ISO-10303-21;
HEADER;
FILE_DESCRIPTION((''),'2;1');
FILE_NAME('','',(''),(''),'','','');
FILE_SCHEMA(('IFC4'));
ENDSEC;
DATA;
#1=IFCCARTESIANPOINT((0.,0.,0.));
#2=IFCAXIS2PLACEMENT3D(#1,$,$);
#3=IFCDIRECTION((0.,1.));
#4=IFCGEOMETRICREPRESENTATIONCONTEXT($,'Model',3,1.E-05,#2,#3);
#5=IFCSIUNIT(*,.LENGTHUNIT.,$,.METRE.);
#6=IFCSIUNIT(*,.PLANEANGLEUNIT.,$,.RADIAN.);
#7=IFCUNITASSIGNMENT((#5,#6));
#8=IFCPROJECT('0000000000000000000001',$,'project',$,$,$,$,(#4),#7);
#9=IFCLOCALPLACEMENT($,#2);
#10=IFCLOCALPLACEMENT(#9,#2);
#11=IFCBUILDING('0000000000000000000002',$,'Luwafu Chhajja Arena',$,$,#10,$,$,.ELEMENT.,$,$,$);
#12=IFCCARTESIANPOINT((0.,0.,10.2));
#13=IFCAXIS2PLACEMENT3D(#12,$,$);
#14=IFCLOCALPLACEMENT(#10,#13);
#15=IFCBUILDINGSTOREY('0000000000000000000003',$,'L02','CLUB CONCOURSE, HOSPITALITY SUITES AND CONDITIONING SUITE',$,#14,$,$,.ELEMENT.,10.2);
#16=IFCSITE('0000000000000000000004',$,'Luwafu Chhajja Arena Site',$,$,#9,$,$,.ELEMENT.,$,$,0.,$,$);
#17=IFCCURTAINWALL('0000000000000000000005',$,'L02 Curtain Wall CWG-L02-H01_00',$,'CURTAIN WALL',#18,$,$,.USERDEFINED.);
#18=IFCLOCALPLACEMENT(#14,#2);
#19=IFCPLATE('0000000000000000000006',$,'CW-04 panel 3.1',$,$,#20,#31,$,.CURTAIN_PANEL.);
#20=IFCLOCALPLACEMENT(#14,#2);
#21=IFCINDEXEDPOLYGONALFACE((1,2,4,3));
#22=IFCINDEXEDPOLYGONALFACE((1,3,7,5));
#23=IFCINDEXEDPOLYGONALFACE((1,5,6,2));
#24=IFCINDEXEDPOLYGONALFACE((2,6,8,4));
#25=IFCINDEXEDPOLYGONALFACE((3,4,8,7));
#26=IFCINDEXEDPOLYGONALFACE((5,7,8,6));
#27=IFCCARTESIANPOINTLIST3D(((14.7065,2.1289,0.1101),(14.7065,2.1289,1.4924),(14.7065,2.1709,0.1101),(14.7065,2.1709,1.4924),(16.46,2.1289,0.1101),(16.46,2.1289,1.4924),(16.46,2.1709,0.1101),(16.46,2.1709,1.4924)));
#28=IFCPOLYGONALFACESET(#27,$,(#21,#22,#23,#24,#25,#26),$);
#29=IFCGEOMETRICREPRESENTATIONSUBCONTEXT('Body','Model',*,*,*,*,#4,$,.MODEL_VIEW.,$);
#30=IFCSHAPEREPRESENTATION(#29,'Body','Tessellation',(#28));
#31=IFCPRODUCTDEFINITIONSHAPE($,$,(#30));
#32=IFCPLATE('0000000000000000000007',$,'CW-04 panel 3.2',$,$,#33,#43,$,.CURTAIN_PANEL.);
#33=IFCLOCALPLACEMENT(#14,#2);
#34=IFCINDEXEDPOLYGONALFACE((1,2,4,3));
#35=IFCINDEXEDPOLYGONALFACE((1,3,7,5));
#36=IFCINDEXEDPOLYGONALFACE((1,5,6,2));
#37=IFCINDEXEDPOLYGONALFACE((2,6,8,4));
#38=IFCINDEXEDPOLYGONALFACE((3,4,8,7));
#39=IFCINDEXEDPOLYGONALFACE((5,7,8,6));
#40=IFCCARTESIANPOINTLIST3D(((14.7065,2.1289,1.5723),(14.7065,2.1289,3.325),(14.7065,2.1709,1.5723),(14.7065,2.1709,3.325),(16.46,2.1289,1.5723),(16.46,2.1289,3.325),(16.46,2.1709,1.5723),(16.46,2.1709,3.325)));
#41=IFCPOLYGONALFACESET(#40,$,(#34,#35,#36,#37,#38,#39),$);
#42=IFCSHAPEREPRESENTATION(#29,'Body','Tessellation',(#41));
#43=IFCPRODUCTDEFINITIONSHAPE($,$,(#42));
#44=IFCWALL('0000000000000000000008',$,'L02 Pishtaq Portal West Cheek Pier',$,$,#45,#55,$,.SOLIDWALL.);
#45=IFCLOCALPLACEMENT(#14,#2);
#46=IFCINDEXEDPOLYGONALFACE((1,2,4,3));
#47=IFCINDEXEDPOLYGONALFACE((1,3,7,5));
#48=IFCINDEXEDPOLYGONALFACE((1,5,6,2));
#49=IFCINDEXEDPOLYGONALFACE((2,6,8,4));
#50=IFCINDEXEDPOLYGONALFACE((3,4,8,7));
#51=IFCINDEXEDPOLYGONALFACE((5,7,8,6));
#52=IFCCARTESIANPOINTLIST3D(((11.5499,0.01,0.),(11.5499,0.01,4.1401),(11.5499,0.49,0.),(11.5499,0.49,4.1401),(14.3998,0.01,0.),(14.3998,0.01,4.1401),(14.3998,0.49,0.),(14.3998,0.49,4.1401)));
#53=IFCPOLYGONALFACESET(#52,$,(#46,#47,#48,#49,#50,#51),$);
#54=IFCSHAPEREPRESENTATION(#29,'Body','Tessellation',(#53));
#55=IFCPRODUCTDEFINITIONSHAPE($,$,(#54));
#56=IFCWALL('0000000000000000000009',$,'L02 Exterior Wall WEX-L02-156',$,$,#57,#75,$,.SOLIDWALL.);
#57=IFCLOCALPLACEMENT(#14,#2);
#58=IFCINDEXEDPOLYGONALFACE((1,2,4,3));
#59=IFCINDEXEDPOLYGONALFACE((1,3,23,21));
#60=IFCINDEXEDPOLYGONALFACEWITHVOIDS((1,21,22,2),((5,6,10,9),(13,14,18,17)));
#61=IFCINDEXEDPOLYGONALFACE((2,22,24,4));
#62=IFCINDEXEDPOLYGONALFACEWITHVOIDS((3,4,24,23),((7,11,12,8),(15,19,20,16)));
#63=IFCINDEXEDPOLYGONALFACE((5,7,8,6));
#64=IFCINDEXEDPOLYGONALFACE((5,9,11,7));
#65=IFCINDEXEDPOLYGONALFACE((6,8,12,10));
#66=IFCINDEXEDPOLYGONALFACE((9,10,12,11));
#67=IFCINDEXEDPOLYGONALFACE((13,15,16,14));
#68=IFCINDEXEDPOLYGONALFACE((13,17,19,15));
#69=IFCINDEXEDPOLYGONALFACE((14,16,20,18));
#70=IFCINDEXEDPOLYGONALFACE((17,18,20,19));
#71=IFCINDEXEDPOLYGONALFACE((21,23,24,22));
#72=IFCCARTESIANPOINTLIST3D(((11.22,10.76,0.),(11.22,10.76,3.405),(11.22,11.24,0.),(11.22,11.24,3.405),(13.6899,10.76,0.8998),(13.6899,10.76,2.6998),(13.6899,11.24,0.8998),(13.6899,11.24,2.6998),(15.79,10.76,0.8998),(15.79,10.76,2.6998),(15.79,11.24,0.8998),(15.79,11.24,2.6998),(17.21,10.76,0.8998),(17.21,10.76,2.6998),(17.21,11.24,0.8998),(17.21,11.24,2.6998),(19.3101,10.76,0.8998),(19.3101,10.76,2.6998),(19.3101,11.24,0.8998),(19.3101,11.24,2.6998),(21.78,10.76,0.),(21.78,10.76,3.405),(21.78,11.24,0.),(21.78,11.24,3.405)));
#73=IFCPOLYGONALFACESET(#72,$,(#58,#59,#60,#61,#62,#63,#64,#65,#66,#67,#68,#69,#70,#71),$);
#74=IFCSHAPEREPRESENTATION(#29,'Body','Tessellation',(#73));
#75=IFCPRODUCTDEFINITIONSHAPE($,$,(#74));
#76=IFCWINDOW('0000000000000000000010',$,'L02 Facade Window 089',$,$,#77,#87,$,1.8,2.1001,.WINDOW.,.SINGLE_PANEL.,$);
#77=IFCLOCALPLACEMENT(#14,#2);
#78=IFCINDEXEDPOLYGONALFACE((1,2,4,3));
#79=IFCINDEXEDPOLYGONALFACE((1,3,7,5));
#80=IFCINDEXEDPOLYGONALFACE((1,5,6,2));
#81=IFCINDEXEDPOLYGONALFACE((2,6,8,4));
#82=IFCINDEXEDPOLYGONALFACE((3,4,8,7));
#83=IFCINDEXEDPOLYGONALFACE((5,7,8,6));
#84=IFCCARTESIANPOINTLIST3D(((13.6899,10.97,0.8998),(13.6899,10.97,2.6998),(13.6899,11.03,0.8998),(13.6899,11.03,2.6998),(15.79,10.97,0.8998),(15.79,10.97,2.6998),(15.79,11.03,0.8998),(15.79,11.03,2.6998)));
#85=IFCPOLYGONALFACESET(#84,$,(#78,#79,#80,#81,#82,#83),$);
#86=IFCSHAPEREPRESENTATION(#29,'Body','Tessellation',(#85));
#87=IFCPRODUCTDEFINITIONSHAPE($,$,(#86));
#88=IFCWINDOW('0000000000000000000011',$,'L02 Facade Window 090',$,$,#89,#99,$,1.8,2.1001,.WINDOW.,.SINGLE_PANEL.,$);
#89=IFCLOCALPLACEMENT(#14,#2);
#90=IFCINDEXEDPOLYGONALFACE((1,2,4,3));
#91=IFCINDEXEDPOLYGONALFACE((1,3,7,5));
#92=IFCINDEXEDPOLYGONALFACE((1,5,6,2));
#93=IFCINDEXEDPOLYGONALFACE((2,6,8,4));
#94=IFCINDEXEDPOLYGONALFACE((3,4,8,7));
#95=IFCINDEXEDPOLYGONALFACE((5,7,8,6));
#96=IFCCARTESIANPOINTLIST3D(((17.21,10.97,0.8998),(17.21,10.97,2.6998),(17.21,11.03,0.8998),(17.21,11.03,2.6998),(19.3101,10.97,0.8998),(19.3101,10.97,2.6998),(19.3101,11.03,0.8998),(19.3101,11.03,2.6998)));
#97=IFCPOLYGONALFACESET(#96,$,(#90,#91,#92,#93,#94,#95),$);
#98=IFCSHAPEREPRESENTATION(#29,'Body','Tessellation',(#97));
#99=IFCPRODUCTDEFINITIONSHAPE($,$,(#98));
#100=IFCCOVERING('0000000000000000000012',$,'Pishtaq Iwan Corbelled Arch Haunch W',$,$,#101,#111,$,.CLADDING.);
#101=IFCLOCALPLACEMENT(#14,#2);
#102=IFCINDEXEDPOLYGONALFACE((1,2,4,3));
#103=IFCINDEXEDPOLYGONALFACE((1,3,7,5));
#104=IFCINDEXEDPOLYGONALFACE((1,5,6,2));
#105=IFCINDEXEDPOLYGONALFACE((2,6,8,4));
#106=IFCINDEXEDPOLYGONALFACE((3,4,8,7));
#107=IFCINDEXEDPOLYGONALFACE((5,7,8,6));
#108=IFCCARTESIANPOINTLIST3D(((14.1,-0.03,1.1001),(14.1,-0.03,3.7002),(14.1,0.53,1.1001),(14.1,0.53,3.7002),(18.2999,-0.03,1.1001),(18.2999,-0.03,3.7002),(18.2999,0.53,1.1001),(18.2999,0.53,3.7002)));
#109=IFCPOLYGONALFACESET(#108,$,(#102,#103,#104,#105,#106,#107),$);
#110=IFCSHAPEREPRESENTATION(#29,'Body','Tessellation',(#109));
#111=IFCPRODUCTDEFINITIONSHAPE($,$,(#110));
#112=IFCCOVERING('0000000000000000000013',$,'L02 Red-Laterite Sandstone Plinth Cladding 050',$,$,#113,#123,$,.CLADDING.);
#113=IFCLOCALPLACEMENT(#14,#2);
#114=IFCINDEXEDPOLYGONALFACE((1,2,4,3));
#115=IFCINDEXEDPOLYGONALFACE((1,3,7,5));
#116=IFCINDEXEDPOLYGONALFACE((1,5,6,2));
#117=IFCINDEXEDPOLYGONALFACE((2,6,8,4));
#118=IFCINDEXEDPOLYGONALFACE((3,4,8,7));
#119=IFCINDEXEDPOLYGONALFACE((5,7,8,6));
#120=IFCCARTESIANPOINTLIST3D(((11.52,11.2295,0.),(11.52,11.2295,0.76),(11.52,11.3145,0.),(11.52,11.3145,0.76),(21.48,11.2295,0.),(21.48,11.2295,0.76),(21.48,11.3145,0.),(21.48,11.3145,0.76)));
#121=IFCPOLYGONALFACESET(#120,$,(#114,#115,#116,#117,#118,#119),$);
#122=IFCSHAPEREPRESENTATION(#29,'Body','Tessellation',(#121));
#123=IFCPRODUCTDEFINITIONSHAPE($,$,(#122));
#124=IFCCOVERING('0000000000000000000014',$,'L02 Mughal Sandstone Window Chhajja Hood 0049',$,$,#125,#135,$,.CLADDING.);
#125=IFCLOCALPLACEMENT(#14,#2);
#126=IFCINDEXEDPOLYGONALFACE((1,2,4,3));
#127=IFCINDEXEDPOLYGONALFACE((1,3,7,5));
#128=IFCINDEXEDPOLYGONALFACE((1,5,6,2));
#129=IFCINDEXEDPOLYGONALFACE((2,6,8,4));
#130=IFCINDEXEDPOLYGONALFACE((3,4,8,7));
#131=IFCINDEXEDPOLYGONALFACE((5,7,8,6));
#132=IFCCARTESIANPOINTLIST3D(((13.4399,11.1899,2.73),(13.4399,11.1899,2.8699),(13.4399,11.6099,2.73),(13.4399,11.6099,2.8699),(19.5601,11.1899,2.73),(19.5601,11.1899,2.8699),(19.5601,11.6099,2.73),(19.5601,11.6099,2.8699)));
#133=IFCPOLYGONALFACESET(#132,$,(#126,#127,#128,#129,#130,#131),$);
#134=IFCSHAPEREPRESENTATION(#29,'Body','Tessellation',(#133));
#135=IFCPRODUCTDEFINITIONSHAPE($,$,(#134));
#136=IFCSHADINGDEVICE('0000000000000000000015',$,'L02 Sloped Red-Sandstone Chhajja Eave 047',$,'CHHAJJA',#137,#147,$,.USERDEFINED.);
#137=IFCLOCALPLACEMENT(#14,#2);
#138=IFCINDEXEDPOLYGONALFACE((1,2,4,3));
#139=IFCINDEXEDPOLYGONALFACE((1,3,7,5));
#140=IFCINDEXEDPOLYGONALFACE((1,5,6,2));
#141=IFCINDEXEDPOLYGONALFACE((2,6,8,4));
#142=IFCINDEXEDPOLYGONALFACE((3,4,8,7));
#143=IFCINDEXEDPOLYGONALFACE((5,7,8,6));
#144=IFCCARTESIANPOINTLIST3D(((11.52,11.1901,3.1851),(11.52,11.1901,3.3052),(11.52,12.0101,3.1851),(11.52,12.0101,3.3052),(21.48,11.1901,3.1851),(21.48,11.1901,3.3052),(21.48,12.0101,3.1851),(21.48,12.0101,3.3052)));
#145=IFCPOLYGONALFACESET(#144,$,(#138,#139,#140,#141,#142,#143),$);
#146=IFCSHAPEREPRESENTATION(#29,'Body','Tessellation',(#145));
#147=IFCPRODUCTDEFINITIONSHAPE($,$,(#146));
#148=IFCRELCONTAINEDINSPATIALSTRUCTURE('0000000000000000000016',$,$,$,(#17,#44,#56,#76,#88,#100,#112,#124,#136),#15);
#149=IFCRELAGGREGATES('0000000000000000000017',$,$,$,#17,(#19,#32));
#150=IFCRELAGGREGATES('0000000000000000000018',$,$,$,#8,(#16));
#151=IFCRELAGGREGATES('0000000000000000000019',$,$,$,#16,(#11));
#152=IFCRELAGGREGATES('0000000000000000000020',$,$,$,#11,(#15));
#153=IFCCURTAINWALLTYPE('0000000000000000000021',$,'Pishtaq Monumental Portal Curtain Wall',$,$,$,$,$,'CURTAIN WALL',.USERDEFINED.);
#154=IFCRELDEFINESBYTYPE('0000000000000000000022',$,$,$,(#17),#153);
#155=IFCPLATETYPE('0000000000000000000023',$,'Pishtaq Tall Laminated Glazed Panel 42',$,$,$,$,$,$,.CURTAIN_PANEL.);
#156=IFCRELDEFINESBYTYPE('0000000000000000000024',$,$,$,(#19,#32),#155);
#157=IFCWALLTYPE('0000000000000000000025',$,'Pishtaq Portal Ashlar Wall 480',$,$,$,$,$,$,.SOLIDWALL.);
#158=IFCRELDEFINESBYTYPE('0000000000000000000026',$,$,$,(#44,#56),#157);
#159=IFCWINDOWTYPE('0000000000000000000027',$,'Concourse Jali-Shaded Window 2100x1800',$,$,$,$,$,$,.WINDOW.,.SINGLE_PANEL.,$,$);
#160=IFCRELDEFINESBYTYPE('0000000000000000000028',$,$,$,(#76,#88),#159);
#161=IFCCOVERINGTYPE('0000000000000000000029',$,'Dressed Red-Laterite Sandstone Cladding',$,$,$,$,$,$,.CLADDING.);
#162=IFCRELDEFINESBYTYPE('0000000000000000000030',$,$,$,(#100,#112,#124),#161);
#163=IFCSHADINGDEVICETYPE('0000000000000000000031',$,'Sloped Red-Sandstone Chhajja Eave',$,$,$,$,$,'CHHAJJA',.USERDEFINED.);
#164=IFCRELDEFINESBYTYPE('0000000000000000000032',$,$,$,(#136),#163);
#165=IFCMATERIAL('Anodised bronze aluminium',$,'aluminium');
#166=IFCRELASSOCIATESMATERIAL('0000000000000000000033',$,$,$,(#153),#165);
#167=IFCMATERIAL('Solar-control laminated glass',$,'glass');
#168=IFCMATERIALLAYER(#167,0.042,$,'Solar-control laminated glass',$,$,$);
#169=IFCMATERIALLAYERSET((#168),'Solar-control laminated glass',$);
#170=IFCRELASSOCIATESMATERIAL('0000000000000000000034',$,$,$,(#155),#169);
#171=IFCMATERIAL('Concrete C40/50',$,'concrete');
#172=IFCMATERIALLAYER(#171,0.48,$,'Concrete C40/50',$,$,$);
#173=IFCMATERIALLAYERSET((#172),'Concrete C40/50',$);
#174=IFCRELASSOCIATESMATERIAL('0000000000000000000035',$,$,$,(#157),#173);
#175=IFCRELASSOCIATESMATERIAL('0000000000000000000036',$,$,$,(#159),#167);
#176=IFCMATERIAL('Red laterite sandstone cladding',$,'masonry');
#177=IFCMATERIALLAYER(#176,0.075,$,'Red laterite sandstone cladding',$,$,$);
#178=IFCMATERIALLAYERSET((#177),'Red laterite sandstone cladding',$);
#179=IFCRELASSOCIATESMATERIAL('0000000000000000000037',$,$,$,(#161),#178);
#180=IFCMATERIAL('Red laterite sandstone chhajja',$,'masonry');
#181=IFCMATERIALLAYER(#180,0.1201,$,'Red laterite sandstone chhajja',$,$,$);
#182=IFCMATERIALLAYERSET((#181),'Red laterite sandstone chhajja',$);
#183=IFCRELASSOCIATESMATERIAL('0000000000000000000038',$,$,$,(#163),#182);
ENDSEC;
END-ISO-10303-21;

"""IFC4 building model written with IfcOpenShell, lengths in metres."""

from ifc_helpers import new_model, si_unit, direction, frame, frame_2d, origin, origin_2d, place, context, subcontext, project, spatial, rectangle, extrude, material, layer, layer_set, type_object, element, fill, aggregate, save


model = new_model("IFC4")

# Units and contexts
model_context = context("Model", 3, precision=1e-05, world=origin(), true_north=direction((0.0, 1.0)))
body_context = subcontext(model_context, "Body", "Model", "MODEL_VIEW")
ifc_project = project(units=[si_unit("LENGTHUNIT", "METRE"), si_unit("PLANEANGLEUNIT", "RADIAN")], contexts=[model_context])

# Site, building, storey
site_placement = place(None, origin())
site = spatial("IfcSite", under=ifc_project, at=site_placement, Name="Luwafu Chhajja Arena Site", CompositionType="ELEMENT", RefElevation=0.0)
building_placement = place(site_placement, origin())
building = spatial("IfcBuilding", under=site, at=building_placement, Name="Luwafu Chhajja Arena", CompositionType="ELEMENT")
storey_placement = place(building_placement, frame((0.0, 0.0, 10.2)))
storey = spatial("IfcBuildingStorey", under=building, at=storey_placement, Name="L02", Description="CLUB CONCOURSE, HOSPITALITY SUITES AND CONDITIONING SUITE", CompositionType="ELEMENT", Elevation=10.2)

# Curtain wall, plates
ifc_material_1 = material(Name="Anodised bronze aluminium", Category="aluminium")
curtain_wall_type = type_object("IfcCurtainWallType", Name="Pishtaq Monumental Portal Curtain Wall", ElementType="CURTAIN WALL", PredefinedType="USERDEFINED", material=ifc_material_1)
curtain_wall_placement = place(storey_placement, origin())
curtain_wall = element("IfcCurtainWall", 1, at=curtain_wall_placement, inside=storey, type_object=curtain_wall_type, Name="L02 Curtain Wall CWG-L02-H01_00", ObjectType="CURTAIN WALL", PredefinedType="USERDEFINED")
ifc_material_2 = material(Name="Solar-control laminated glass", Category="glass")
ifc_layer_1 = layer(ifc_material_2, 0.042, Name="Solar-control laminated glass")
ifc_layer_set_1 = layer_set([ifc_layer_1], Name="Solar-control laminated glass")
plate_type = type_object("IfcPlateType", Name="Pishtaq Tall Laminated Glazed Panel 42", PredefinedType="CURTAIN_PANEL", material=ifc_layer_set_1)
plate_1_placement = place(storey_placement, frame((15.5833, 2.1499, 0.1101), z_axis=(0.0, 0.0, 1.0), x_axis=(1.0, 0.0, 0.0)))
plate_1 = element("IfcPlate", 2, at=plate_1_placement, type_object=plate_type, Name="CW-04 panel 3.1", PredefinedType="CURTAIN_PANEL", context=body_context, shape_type="SweptSolid", body=[
    extrude(rectangle(XDim=1.7534, YDim=0.042, at=origin_2d()), origin(), (0.0, 0.0, 1.0), 1.3823),
])
plate_2_placement = place(storey_placement, frame((15.5833, 2.1499, 1.5723), z_axis=(0.0, 0.0, 1.0), x_axis=(1.0, 0.0, 0.0)))
plate_2 = element("IfcPlate", 3, at=plate_2_placement, type_object=plate_type, Name="CW-04 panel 3.2", PredefinedType="CURTAIN_PANEL", context=body_context, shape_type="SweptSolid", body=[
    extrude(rectangle(XDim=1.7534, YDim=0.042, at=origin_2d()), origin(), (0.0, 0.0, 1.0), 1.7527),
])
aggregate(curtain_wall, [plate_1, plate_2])

# Wall
ifc_material_3 = material(Name="Concrete C40/50", Category="concrete")
ifc_layer_2 = layer(ifc_material_3, 0.48, Name="Concrete C40/50")
ifc_layer_set_2 = layer_set([ifc_layer_2], Name="Concrete C40/50")
wall_type = type_object("IfcWallType", Name="Pishtaq Portal Ashlar Wall 480", PredefinedType="SOLIDWALL", material=ifc_layer_set_2)
wall_1_placement = place(storey_placement, frame((11.55, 0.25, 0.0), z_axis=(0.0, 0.0, 1.0), x_axis=(1.0, 0.0, 0.0)))
element("IfcWall", 4, at=wall_1_placement, inside=storey, type_object=wall_type, Name="L02 Pishtaq Portal West Cheek Pier", PredefinedType="SOLIDWALL", context=body_context, shape_type="SweptSolid", body=[
    extrude(rectangle(XDim=2.8499, YDim=0.48, at=frame_2d((1.4248, 0.0))), origin(), (0.0, 0.0, 1.0), 4.1401),
])

# Wall, openings, windows
wall_2_placement = place(storey_placement, frame((11.22, 11.0, 0.0), z_axis=(0.0, 0.0, 1.0), x_axis=(1.0, 0.0, 0.0)))
wall_2 = element("IfcWall", 5, at=wall_2_placement, inside=storey, type_object=wall_type, Name="L02 Exterior Wall WEX-L02-156", PredefinedType="SOLIDWALL", context=body_context, shape_type="SweptSolid", body=[
    extrude(rectangle(XDim=10.5601, YDim=0.48, at=frame_2d((5.28, 0.0))), origin(), (0.0, 0.0, 1.0), 3.405),
])
opening_1_placement = place(wall_2_placement, frame((2.47, 0.0, 0.8999)))
opening_1 = element("IfcOpeningElement", 6, at=opening_1_placement, cuts=wall_2, PredefinedType="OPENING", context=body_context, shape_type="SweptSolid", body=[
    extrude(rectangle(XDim=2.1001, YDim=1.8, at=frame_2d((1.05, 0.8999))), frame((0.0, 0.25, 0.0), z_axis=(0.0, -1.0, 0.0), x_axis=(1.0, 0.0, 0.0)), (0.0, 0.0, 1.0), 0.5),
])
opening_2_placement = place(wall_2_placement, frame((5.99, 0.0, 0.8999)))
opening_2 = element("IfcOpeningElement", 7, at=opening_2_placement, cuts=wall_2, PredefinedType="OPENING", context=body_context, shape_type="SweptSolid", body=[
    extrude(rectangle(XDim=2.1001, YDim=1.8, at=frame_2d((1.05, 0.8999))), frame((0.0, 0.25, 0.0), z_axis=(0.0, -1.0, 0.0), x_axis=(1.0, 0.0, 0.0)), (0.0, 0.0, 1.0), 0.5),
])
window_type = type_object("IfcWindowType", Name="Concourse Jali-Shaded Window 2100x1800", PartitioningType="SINGLE_PANEL", PredefinedType="WINDOW", material=ifc_material_2)
window_1_placement = place(opening_1_placement, origin())
window_1 = element("IfcWindow", 8, at=window_1_placement, inside=storey, type_object=window_type, Name="L02 Facade Window 089", OverallHeight=1.8, OverallWidth=2.1001, PartitioningType="SINGLE_PANEL", PredefinedType="WINDOW", context=body_context, shape_type="SweptSolid", body=[
    extrude(rectangle(XDim=2.1001, YDim=1.8, at=frame_2d((1.05, 0.8999))), frame((0.0, 0.03, 0.0), z_axis=(0.0, -1.0, 0.0), x_axis=(1.0, 0.0, 0.0)), (0.0, 0.0, 1.0), 0.0601),
])
fill(opening_1, window_1)
window_2_placement = place(opening_2_placement, origin())
window_2 = element("IfcWindow", 9, at=window_2_placement, inside=storey, type_object=window_type, Name="L02 Facade Window 090", OverallHeight=1.8, OverallWidth=2.1001, PartitioningType="SINGLE_PANEL", PredefinedType="WINDOW", context=body_context, shape_type="SweptSolid", body=[
    extrude(rectangle(XDim=2.1001, YDim=1.8, at=frame_2d((1.05, 0.8999))), frame((0.0, 0.03, 0.0), z_axis=(0.0, -1.0, 0.0), x_axis=(1.0, 0.0, 0.0)), (0.0, 0.0, 1.0), 0.0601),
])
fill(opening_2, window_2)

# Coverings
ifc_material_4 = material(Name="Red laterite sandstone cladding", Category="masonry")
ifc_layer_3 = layer(ifc_material_4, 0.075, Name="Red laterite sandstone cladding")
ifc_layer_set_3 = layer_set([ifc_layer_3], Name="Red laterite sandstone cladding")
covering_type = type_object("IfcCoveringType", Name="Dressed Red-Laterite Sandstone Cladding", PredefinedType="CLADDING", material=ifc_layer_set_3)
covering_1_placement = place(storey_placement, frame((16.2, 0.25, 1.1001), z_axis=(0.0, 0.0, 1.0), x_axis=(1.0, 0.0, 0.0)))
element("IfcCovering", 10, at=covering_1_placement, inside=storey, type_object=covering_type, Name="Pishtaq Iwan Corbelled Arch Haunch W", PredefinedType="CLADDING", context=body_context, shape_type="SweptSolid", body=[
    extrude(rectangle(XDim=4.2, YDim=0.5601, at=origin_2d()), origin(), (0.0, 0.0, 1.0), 2.6001),
])
covering_2_placement = place(storey_placement, frame((16.5, 11.272, 0.0), z_axis=(0.0, 0.0, 1.0), x_axis=(1.0, 0.0, 0.0)))
element("IfcCovering", 11, at=covering_2_placement, inside=storey, type_object=covering_type, Name="L02 Red-Laterite Sandstone Plinth Cladding 050", PredefinedType="CLADDING", context=body_context, shape_type="SweptSolid", body=[
    extrude(rectangle(XDim=9.96, YDim=0.085, at=origin_2d()), origin(), (0.0, 0.0, 1.0), 0.76),
])
covering_3_placement = place(storey_placement, frame((16.5, 11.3999, 2.73), z_axis=(0.0, 0.0, 1.0), x_axis=(1.0, 0.0, 0.0)))
element("IfcCovering", 12, at=covering_3_placement, inside=storey, type_object=covering_type, Name="L02 Mughal Sandstone Window Chhajja Hood 0049", PredefinedType="CLADDING", context=body_context, shape_type="SweptSolid", body=[
    extrude(rectangle(XDim=6.1201, YDim=0.4199, at=origin_2d()), origin(), (0.0, 0.0, 1.0), 0.1399),
])

# Shading device
ifc_material_5 = material(Name="Red laterite sandstone chhajja", Category="masonry")
ifc_layer_4 = layer(ifc_material_5, 0.1201, Name="Red laterite sandstone chhajja")
ifc_layer_set_4 = layer_set([ifc_layer_4], Name="Red laterite sandstone chhajja")
shading_device_type = type_object("IfcShadingDeviceType", Name="Sloped Red-Sandstone Chhajja Eave", ElementType="CHHAJJA", PredefinedType="USERDEFINED", material=ifc_layer_set_4)
shading_device_placement = place(storey_placement, frame((16.5, 11.6001, 3.1851), z_axis=(0.0, 0.0, 1.0), x_axis=(1.0, 0.0, 0.0)))
element("IfcShadingDevice", 13, at=shading_device_placement, inside=storey, type_object=shading_device_type, Name="L02 Sloped Red-Sandstone Chhajja Eave 047", ObjectType="CHHAJJA", PredefinedType="USERDEFINED", context=body_context, shape_type="SweptSolid", body=[
    extrude(rectangle(XDim=9.96, YDim=0.8201, at=origin_2d()), origin(), (0.0, 0.0, 1.0), 0.1201),
])

save(model, "model.ifc")
